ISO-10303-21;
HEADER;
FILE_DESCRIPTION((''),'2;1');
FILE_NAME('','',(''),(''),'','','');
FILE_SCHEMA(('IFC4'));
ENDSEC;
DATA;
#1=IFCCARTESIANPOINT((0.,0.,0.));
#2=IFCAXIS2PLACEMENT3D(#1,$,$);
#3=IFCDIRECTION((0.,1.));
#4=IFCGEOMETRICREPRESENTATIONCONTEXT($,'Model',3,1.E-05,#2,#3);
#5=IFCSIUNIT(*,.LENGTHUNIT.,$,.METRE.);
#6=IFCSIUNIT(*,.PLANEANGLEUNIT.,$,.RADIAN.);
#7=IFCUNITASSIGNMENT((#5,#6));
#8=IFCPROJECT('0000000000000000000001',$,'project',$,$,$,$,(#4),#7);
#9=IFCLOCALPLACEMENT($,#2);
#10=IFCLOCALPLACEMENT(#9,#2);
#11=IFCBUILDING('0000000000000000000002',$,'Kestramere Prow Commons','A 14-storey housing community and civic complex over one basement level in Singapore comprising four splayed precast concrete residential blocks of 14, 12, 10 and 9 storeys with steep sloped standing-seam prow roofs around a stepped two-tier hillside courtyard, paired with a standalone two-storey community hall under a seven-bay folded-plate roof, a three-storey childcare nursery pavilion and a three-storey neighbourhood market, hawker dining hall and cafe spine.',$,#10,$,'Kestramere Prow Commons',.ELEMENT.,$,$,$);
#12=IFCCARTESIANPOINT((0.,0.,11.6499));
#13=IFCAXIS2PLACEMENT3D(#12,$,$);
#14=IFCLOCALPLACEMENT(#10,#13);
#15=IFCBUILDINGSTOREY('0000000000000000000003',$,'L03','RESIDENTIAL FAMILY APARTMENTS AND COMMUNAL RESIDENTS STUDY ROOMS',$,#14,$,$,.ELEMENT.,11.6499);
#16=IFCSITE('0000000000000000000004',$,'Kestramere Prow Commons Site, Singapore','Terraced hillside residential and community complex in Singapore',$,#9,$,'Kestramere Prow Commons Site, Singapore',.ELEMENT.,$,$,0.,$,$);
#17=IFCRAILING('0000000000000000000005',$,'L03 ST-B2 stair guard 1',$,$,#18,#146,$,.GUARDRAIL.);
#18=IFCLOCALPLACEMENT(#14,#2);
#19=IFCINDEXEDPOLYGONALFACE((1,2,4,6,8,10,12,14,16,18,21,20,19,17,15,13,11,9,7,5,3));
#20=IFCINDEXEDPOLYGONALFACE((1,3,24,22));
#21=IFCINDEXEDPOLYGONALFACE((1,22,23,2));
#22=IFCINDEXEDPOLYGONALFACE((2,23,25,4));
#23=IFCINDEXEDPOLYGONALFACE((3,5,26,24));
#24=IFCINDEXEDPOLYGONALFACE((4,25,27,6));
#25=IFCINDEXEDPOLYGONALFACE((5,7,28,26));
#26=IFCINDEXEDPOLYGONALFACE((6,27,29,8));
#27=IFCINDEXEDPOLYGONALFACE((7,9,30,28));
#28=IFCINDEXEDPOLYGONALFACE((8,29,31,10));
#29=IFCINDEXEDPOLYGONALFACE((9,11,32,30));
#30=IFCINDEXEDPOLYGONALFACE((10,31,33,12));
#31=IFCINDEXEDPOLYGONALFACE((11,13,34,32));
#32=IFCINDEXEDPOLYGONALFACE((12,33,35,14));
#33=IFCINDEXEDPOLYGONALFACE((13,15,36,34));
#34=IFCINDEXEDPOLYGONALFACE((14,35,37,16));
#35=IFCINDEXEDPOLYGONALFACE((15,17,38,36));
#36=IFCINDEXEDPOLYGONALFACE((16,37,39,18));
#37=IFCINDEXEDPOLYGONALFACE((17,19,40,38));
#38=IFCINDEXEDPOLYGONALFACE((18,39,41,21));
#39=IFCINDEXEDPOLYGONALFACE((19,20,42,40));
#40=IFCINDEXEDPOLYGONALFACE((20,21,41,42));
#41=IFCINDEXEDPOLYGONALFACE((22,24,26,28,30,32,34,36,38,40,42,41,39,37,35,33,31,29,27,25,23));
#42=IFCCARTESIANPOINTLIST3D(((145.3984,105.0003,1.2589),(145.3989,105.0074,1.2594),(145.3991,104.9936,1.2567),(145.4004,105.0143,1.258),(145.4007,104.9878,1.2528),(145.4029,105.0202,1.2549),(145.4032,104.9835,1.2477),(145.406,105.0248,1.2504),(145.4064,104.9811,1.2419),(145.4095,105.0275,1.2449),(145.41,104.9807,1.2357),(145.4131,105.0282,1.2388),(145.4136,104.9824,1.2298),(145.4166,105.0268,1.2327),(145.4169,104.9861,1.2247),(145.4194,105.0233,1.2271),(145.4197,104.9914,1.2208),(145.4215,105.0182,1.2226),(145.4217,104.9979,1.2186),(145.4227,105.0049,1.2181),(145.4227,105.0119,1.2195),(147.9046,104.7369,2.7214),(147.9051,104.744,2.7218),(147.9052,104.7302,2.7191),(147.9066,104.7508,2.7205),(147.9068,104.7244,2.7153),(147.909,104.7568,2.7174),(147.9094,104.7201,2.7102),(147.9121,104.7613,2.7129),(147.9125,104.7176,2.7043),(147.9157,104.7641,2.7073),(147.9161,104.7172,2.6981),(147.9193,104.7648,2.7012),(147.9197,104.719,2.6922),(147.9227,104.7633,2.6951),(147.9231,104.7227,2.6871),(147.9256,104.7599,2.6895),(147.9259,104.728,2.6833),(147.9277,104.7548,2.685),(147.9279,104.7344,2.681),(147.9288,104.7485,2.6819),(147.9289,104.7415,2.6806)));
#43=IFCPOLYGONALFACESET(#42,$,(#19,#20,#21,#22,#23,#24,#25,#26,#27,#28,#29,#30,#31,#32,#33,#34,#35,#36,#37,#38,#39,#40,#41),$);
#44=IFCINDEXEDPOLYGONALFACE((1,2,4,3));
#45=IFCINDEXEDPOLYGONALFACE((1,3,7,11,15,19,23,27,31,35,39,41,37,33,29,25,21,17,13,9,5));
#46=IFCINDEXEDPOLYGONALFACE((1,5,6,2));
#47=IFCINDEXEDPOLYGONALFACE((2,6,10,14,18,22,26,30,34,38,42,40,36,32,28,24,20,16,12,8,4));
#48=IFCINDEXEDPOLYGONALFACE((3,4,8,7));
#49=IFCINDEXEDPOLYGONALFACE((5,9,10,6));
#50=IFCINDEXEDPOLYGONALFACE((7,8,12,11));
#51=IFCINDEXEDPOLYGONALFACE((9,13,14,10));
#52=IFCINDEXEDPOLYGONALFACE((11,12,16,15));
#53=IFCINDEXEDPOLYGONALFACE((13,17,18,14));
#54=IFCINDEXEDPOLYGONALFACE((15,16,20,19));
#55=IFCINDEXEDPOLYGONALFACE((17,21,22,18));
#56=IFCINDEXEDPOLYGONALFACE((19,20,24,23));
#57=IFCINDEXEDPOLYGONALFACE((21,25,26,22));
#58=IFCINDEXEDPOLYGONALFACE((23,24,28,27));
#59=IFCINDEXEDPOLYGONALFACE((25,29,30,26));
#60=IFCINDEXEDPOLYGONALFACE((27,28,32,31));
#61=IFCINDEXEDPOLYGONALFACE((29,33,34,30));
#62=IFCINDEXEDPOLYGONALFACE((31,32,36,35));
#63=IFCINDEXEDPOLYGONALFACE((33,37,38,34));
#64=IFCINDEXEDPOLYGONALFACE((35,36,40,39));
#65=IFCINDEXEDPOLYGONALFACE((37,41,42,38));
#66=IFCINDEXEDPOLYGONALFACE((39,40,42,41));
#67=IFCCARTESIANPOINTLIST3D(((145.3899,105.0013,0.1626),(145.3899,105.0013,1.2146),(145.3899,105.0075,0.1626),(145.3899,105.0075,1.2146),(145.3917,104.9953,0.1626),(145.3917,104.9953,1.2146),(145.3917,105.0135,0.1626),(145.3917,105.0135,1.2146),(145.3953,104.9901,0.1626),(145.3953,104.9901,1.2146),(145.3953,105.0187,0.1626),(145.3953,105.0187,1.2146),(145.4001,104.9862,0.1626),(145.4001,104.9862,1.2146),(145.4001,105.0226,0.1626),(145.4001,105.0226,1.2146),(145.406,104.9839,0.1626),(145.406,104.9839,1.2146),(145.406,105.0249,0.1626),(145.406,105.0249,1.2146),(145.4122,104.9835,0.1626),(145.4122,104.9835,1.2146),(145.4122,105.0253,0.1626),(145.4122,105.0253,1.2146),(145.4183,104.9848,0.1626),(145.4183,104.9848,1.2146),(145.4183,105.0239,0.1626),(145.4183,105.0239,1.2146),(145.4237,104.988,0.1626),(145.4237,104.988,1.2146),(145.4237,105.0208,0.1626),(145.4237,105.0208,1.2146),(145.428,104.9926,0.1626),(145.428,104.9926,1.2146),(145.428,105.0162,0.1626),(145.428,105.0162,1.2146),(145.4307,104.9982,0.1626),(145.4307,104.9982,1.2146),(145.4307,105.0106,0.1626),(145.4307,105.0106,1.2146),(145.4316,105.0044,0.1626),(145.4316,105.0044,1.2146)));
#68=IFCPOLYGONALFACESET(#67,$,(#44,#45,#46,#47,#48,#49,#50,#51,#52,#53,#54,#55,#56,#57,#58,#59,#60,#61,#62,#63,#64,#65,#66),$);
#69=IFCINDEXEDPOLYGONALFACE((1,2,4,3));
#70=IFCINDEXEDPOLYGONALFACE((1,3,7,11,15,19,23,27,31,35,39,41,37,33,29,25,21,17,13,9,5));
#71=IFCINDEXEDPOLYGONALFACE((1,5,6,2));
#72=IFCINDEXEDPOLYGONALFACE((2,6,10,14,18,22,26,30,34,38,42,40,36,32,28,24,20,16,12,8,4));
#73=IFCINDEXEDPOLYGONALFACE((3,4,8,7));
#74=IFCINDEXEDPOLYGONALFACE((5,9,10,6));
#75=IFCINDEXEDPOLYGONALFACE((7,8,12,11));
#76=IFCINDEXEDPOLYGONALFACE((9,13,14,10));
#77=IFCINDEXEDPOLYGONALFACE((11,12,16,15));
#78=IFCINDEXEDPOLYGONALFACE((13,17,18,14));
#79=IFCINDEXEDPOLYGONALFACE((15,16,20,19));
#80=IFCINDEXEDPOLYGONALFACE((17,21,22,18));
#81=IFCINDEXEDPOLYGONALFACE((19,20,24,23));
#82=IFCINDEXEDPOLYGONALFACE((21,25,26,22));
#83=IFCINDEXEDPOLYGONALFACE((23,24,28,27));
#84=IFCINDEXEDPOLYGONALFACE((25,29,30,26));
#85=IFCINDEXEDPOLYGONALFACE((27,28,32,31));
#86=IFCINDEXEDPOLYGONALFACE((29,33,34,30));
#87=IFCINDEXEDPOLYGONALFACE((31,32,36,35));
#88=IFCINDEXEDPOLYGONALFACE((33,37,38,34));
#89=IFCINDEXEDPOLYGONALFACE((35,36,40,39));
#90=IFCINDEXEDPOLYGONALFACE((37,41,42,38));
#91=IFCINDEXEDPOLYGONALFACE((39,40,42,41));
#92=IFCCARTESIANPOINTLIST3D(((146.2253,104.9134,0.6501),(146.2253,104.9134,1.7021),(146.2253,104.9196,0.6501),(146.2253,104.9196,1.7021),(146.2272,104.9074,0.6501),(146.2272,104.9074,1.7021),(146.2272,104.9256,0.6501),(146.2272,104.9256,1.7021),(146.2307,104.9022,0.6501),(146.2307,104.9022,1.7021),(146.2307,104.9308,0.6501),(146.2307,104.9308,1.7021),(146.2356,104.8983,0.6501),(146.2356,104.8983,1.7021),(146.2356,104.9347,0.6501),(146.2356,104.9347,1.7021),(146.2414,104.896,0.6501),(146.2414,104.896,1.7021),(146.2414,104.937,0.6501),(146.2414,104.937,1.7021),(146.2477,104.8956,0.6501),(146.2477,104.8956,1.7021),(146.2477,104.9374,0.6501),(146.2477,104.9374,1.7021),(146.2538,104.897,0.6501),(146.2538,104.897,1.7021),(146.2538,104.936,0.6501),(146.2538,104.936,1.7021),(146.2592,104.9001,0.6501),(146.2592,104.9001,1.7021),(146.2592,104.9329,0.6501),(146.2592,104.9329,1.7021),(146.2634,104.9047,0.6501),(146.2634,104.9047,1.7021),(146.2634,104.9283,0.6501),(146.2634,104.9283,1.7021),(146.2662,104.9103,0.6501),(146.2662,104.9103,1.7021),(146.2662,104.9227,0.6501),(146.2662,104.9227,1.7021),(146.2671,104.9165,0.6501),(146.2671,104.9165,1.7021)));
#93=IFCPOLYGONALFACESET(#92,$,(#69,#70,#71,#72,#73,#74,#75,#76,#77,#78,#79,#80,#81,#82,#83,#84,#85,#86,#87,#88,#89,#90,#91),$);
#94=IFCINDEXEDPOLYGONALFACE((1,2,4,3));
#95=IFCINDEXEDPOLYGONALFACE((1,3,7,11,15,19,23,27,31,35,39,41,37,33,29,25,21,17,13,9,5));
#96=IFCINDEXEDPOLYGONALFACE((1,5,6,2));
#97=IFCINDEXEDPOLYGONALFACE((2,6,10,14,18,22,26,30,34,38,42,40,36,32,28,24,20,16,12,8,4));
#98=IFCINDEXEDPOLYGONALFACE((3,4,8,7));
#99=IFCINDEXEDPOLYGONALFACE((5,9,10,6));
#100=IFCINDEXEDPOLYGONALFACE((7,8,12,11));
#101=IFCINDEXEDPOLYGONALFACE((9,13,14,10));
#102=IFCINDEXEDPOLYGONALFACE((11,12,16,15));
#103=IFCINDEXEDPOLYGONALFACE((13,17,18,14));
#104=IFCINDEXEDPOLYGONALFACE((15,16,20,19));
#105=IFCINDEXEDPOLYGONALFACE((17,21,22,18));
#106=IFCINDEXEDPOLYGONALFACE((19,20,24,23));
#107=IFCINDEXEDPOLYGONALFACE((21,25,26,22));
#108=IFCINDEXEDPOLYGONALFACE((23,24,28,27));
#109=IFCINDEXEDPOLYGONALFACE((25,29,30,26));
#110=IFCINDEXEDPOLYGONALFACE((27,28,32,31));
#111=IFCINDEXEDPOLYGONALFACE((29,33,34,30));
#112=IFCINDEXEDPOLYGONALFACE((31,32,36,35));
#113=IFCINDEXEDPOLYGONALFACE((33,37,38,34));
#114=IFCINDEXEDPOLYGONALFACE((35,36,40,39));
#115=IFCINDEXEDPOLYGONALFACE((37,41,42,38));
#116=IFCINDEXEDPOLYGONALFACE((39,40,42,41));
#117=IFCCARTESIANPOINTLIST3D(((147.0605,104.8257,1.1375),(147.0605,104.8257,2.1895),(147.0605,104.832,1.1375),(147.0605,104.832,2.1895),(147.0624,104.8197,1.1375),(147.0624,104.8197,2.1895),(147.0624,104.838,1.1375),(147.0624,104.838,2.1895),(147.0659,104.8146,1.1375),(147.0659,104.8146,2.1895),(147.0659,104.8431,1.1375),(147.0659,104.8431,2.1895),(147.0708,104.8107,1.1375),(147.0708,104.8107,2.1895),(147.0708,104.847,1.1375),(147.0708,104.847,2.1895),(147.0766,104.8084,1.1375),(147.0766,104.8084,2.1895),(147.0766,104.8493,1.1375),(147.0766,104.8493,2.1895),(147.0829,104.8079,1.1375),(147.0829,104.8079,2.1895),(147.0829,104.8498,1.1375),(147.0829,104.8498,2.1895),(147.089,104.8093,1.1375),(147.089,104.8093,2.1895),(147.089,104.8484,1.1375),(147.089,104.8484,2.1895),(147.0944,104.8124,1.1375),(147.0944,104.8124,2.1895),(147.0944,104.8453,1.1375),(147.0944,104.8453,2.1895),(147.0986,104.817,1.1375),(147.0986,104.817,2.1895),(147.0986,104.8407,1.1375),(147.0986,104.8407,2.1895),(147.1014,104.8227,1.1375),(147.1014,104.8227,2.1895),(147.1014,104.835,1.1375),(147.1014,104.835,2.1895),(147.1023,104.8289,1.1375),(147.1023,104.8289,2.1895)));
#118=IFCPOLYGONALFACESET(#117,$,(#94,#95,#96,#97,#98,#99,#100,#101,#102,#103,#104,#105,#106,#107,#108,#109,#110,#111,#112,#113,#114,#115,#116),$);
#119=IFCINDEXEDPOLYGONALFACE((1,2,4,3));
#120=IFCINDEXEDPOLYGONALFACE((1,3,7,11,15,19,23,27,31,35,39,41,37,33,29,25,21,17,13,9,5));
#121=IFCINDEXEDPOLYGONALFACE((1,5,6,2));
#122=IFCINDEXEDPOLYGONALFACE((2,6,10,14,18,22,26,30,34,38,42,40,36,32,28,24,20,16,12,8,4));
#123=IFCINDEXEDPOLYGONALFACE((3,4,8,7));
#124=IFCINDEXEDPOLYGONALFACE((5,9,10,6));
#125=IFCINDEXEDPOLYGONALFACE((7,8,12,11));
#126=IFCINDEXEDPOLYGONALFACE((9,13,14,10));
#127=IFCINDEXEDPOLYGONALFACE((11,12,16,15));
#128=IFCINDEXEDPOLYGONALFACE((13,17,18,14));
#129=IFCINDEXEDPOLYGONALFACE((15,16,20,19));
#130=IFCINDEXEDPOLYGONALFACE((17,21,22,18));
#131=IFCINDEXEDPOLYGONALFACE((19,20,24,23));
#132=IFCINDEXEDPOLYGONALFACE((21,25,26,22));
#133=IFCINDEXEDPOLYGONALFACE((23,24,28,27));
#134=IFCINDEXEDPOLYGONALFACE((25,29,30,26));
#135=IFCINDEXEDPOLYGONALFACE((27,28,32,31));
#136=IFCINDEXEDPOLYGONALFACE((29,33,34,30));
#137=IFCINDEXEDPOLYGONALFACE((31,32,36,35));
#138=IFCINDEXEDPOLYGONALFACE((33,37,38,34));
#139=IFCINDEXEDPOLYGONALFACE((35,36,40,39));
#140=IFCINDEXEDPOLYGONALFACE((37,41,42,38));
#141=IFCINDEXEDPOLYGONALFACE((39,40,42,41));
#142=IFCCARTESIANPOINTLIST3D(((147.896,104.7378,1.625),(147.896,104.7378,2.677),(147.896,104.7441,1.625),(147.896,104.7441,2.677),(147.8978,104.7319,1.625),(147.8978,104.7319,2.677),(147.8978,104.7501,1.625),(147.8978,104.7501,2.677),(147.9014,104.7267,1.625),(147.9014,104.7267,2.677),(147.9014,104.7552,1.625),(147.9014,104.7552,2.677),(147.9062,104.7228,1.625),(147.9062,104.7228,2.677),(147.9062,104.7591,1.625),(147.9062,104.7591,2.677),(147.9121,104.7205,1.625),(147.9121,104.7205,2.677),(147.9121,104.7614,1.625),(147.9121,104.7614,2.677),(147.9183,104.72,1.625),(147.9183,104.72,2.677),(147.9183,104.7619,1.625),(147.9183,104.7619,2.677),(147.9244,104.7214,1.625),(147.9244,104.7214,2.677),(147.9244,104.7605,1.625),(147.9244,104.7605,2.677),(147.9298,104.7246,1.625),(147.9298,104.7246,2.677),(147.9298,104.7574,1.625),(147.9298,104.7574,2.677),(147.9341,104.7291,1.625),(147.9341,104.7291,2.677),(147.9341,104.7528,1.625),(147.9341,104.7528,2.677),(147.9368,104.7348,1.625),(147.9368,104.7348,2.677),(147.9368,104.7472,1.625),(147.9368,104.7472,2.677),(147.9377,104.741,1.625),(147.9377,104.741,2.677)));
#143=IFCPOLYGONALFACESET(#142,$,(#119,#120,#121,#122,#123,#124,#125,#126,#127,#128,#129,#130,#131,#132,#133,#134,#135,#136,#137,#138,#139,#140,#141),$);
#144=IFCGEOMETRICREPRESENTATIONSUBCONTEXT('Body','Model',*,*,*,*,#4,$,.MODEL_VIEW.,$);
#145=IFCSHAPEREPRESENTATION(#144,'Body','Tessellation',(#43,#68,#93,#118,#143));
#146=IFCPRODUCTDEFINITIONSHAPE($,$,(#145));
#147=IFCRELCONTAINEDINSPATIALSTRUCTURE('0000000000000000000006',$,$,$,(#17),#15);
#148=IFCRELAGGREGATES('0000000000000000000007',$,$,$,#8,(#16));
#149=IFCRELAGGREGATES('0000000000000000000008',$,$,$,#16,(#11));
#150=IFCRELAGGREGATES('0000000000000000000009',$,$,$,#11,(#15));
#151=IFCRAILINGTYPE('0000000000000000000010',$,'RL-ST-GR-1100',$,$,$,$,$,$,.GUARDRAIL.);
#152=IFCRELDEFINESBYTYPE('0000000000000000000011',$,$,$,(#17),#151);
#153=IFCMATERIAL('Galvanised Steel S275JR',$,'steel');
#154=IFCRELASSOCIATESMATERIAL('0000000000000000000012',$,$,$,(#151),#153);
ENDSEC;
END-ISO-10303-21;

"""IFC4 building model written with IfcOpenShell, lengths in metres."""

from ifc_helpers import new_model, si_unit, direction, frame, origin, origin_2d, place, context, subcontext, project, spatial, circle, extrude, material, type_object, element, save


model = new_model("IFC4")

# Units and contexts
model_context = context("Model", 3, precision=1e-05, world=origin(), true_north=direction((0.0, 1.0)))
body_context = subcontext(model_context, "Body", "Model", "MODEL_VIEW")
ifc_project = project(units=[si_unit("LENGTHUNIT", "METRE"), si_unit("PLANEANGLEUNIT", "RADIAN")], contexts=[model_context])

# Site, building, storey
site_placement = place(None, origin())
site = spatial("IfcSite", under=ifc_project, at=site_placement, Name="Kestramere Prow Commons Site, Singapore", Description="Terraced hillside residential and community complex in Singapore", LongName="Kestramere Prow Commons Site, Singapore", CompositionType="ELEMENT", RefElevation=0.0)
building_placement = place(site_placement, origin())
building = spatial("IfcBuilding", under=site, at=building_placement, Name="Kestramere Prow Commons", Description="A 14-storey housing community and civic complex over one basement level in Singapore comprising four splayed precast concrete residential blocks of 14, 12, 10 and 9 storeys with steep sloped standing-seam prow roofs around a stepped two-tier hillside courtyard, paired with a standalone two-storey community hall under a seven-bay folded-plate roof, a three-storey childcare nursery pavilion and a three-storey neighbourhood market, hawker dining hall and cafe spine.", LongName="Kestramere Prow Commons", CompositionType="ELEMENT")
storey_placement = place(building_placement, frame((0.0, 0.0, 11.6499)))
storey = spatial("IfcBuildingStorey", under=building, at=storey_placement, Name="L03", Description="RESIDENTIAL FAMILY APARTMENTS AND COMMUNAL RESIDENTS STUDY ROOMS", CompositionType="ELEMENT", Elevation=11.6499)

# Railing
ifc_material_1 = material(Name="Galvanised Steel S275JR", Category="steel")
railing_type_1 = type_object("IfcRailingType", Name="RL-ST-GR-1100", PredefinedType="GUARDRAIL", material=ifc_material_1)
railing_1_placement = place(storey_placement, frame((145.4106, 105.0044, 0.1626)))
element("IfcRailing", 1, at=railing_1_placement, inside=storey, type_object=railing_type_1, Name="L03 ST-B2 stair guard 1", PredefinedType="GUARDRAIL", context=body_context, shape_type="SweptSolid", body=[
    extrude(circle(Radius=0.0239, at=origin_2d()), frame((0.0, 0.0, 1.0762), z_axis=(0.860165, -0.090416, 0.501937), x_axis=(0.104539, 0.994521, 0.0)), (0.0, 0.0, 1.0), 2.9136),
    extrude(circle(Radius=0.021, at=origin_2d()), origin(), (0.0, 0.0, 1.0), 1.052),
    extrude(circle(Radius=0.021, at=origin_2d()), frame((0.8354, -0.0879, 0.4875)), (0.0, 0.0, 1.0), 1.052),
    extrude(circle(Radius=0.021, at=origin_2d()), frame((1.6707, -0.1755, 0.9749)), (0.0, 0.0, 1.0), 1.052),
    extrude(circle(Radius=0.021, at=origin_2d()), frame((2.5061, -0.2634, 1.4624)), (0.0, 0.0, 1.0), 1.052),
])

save(model, "model.ifc")
